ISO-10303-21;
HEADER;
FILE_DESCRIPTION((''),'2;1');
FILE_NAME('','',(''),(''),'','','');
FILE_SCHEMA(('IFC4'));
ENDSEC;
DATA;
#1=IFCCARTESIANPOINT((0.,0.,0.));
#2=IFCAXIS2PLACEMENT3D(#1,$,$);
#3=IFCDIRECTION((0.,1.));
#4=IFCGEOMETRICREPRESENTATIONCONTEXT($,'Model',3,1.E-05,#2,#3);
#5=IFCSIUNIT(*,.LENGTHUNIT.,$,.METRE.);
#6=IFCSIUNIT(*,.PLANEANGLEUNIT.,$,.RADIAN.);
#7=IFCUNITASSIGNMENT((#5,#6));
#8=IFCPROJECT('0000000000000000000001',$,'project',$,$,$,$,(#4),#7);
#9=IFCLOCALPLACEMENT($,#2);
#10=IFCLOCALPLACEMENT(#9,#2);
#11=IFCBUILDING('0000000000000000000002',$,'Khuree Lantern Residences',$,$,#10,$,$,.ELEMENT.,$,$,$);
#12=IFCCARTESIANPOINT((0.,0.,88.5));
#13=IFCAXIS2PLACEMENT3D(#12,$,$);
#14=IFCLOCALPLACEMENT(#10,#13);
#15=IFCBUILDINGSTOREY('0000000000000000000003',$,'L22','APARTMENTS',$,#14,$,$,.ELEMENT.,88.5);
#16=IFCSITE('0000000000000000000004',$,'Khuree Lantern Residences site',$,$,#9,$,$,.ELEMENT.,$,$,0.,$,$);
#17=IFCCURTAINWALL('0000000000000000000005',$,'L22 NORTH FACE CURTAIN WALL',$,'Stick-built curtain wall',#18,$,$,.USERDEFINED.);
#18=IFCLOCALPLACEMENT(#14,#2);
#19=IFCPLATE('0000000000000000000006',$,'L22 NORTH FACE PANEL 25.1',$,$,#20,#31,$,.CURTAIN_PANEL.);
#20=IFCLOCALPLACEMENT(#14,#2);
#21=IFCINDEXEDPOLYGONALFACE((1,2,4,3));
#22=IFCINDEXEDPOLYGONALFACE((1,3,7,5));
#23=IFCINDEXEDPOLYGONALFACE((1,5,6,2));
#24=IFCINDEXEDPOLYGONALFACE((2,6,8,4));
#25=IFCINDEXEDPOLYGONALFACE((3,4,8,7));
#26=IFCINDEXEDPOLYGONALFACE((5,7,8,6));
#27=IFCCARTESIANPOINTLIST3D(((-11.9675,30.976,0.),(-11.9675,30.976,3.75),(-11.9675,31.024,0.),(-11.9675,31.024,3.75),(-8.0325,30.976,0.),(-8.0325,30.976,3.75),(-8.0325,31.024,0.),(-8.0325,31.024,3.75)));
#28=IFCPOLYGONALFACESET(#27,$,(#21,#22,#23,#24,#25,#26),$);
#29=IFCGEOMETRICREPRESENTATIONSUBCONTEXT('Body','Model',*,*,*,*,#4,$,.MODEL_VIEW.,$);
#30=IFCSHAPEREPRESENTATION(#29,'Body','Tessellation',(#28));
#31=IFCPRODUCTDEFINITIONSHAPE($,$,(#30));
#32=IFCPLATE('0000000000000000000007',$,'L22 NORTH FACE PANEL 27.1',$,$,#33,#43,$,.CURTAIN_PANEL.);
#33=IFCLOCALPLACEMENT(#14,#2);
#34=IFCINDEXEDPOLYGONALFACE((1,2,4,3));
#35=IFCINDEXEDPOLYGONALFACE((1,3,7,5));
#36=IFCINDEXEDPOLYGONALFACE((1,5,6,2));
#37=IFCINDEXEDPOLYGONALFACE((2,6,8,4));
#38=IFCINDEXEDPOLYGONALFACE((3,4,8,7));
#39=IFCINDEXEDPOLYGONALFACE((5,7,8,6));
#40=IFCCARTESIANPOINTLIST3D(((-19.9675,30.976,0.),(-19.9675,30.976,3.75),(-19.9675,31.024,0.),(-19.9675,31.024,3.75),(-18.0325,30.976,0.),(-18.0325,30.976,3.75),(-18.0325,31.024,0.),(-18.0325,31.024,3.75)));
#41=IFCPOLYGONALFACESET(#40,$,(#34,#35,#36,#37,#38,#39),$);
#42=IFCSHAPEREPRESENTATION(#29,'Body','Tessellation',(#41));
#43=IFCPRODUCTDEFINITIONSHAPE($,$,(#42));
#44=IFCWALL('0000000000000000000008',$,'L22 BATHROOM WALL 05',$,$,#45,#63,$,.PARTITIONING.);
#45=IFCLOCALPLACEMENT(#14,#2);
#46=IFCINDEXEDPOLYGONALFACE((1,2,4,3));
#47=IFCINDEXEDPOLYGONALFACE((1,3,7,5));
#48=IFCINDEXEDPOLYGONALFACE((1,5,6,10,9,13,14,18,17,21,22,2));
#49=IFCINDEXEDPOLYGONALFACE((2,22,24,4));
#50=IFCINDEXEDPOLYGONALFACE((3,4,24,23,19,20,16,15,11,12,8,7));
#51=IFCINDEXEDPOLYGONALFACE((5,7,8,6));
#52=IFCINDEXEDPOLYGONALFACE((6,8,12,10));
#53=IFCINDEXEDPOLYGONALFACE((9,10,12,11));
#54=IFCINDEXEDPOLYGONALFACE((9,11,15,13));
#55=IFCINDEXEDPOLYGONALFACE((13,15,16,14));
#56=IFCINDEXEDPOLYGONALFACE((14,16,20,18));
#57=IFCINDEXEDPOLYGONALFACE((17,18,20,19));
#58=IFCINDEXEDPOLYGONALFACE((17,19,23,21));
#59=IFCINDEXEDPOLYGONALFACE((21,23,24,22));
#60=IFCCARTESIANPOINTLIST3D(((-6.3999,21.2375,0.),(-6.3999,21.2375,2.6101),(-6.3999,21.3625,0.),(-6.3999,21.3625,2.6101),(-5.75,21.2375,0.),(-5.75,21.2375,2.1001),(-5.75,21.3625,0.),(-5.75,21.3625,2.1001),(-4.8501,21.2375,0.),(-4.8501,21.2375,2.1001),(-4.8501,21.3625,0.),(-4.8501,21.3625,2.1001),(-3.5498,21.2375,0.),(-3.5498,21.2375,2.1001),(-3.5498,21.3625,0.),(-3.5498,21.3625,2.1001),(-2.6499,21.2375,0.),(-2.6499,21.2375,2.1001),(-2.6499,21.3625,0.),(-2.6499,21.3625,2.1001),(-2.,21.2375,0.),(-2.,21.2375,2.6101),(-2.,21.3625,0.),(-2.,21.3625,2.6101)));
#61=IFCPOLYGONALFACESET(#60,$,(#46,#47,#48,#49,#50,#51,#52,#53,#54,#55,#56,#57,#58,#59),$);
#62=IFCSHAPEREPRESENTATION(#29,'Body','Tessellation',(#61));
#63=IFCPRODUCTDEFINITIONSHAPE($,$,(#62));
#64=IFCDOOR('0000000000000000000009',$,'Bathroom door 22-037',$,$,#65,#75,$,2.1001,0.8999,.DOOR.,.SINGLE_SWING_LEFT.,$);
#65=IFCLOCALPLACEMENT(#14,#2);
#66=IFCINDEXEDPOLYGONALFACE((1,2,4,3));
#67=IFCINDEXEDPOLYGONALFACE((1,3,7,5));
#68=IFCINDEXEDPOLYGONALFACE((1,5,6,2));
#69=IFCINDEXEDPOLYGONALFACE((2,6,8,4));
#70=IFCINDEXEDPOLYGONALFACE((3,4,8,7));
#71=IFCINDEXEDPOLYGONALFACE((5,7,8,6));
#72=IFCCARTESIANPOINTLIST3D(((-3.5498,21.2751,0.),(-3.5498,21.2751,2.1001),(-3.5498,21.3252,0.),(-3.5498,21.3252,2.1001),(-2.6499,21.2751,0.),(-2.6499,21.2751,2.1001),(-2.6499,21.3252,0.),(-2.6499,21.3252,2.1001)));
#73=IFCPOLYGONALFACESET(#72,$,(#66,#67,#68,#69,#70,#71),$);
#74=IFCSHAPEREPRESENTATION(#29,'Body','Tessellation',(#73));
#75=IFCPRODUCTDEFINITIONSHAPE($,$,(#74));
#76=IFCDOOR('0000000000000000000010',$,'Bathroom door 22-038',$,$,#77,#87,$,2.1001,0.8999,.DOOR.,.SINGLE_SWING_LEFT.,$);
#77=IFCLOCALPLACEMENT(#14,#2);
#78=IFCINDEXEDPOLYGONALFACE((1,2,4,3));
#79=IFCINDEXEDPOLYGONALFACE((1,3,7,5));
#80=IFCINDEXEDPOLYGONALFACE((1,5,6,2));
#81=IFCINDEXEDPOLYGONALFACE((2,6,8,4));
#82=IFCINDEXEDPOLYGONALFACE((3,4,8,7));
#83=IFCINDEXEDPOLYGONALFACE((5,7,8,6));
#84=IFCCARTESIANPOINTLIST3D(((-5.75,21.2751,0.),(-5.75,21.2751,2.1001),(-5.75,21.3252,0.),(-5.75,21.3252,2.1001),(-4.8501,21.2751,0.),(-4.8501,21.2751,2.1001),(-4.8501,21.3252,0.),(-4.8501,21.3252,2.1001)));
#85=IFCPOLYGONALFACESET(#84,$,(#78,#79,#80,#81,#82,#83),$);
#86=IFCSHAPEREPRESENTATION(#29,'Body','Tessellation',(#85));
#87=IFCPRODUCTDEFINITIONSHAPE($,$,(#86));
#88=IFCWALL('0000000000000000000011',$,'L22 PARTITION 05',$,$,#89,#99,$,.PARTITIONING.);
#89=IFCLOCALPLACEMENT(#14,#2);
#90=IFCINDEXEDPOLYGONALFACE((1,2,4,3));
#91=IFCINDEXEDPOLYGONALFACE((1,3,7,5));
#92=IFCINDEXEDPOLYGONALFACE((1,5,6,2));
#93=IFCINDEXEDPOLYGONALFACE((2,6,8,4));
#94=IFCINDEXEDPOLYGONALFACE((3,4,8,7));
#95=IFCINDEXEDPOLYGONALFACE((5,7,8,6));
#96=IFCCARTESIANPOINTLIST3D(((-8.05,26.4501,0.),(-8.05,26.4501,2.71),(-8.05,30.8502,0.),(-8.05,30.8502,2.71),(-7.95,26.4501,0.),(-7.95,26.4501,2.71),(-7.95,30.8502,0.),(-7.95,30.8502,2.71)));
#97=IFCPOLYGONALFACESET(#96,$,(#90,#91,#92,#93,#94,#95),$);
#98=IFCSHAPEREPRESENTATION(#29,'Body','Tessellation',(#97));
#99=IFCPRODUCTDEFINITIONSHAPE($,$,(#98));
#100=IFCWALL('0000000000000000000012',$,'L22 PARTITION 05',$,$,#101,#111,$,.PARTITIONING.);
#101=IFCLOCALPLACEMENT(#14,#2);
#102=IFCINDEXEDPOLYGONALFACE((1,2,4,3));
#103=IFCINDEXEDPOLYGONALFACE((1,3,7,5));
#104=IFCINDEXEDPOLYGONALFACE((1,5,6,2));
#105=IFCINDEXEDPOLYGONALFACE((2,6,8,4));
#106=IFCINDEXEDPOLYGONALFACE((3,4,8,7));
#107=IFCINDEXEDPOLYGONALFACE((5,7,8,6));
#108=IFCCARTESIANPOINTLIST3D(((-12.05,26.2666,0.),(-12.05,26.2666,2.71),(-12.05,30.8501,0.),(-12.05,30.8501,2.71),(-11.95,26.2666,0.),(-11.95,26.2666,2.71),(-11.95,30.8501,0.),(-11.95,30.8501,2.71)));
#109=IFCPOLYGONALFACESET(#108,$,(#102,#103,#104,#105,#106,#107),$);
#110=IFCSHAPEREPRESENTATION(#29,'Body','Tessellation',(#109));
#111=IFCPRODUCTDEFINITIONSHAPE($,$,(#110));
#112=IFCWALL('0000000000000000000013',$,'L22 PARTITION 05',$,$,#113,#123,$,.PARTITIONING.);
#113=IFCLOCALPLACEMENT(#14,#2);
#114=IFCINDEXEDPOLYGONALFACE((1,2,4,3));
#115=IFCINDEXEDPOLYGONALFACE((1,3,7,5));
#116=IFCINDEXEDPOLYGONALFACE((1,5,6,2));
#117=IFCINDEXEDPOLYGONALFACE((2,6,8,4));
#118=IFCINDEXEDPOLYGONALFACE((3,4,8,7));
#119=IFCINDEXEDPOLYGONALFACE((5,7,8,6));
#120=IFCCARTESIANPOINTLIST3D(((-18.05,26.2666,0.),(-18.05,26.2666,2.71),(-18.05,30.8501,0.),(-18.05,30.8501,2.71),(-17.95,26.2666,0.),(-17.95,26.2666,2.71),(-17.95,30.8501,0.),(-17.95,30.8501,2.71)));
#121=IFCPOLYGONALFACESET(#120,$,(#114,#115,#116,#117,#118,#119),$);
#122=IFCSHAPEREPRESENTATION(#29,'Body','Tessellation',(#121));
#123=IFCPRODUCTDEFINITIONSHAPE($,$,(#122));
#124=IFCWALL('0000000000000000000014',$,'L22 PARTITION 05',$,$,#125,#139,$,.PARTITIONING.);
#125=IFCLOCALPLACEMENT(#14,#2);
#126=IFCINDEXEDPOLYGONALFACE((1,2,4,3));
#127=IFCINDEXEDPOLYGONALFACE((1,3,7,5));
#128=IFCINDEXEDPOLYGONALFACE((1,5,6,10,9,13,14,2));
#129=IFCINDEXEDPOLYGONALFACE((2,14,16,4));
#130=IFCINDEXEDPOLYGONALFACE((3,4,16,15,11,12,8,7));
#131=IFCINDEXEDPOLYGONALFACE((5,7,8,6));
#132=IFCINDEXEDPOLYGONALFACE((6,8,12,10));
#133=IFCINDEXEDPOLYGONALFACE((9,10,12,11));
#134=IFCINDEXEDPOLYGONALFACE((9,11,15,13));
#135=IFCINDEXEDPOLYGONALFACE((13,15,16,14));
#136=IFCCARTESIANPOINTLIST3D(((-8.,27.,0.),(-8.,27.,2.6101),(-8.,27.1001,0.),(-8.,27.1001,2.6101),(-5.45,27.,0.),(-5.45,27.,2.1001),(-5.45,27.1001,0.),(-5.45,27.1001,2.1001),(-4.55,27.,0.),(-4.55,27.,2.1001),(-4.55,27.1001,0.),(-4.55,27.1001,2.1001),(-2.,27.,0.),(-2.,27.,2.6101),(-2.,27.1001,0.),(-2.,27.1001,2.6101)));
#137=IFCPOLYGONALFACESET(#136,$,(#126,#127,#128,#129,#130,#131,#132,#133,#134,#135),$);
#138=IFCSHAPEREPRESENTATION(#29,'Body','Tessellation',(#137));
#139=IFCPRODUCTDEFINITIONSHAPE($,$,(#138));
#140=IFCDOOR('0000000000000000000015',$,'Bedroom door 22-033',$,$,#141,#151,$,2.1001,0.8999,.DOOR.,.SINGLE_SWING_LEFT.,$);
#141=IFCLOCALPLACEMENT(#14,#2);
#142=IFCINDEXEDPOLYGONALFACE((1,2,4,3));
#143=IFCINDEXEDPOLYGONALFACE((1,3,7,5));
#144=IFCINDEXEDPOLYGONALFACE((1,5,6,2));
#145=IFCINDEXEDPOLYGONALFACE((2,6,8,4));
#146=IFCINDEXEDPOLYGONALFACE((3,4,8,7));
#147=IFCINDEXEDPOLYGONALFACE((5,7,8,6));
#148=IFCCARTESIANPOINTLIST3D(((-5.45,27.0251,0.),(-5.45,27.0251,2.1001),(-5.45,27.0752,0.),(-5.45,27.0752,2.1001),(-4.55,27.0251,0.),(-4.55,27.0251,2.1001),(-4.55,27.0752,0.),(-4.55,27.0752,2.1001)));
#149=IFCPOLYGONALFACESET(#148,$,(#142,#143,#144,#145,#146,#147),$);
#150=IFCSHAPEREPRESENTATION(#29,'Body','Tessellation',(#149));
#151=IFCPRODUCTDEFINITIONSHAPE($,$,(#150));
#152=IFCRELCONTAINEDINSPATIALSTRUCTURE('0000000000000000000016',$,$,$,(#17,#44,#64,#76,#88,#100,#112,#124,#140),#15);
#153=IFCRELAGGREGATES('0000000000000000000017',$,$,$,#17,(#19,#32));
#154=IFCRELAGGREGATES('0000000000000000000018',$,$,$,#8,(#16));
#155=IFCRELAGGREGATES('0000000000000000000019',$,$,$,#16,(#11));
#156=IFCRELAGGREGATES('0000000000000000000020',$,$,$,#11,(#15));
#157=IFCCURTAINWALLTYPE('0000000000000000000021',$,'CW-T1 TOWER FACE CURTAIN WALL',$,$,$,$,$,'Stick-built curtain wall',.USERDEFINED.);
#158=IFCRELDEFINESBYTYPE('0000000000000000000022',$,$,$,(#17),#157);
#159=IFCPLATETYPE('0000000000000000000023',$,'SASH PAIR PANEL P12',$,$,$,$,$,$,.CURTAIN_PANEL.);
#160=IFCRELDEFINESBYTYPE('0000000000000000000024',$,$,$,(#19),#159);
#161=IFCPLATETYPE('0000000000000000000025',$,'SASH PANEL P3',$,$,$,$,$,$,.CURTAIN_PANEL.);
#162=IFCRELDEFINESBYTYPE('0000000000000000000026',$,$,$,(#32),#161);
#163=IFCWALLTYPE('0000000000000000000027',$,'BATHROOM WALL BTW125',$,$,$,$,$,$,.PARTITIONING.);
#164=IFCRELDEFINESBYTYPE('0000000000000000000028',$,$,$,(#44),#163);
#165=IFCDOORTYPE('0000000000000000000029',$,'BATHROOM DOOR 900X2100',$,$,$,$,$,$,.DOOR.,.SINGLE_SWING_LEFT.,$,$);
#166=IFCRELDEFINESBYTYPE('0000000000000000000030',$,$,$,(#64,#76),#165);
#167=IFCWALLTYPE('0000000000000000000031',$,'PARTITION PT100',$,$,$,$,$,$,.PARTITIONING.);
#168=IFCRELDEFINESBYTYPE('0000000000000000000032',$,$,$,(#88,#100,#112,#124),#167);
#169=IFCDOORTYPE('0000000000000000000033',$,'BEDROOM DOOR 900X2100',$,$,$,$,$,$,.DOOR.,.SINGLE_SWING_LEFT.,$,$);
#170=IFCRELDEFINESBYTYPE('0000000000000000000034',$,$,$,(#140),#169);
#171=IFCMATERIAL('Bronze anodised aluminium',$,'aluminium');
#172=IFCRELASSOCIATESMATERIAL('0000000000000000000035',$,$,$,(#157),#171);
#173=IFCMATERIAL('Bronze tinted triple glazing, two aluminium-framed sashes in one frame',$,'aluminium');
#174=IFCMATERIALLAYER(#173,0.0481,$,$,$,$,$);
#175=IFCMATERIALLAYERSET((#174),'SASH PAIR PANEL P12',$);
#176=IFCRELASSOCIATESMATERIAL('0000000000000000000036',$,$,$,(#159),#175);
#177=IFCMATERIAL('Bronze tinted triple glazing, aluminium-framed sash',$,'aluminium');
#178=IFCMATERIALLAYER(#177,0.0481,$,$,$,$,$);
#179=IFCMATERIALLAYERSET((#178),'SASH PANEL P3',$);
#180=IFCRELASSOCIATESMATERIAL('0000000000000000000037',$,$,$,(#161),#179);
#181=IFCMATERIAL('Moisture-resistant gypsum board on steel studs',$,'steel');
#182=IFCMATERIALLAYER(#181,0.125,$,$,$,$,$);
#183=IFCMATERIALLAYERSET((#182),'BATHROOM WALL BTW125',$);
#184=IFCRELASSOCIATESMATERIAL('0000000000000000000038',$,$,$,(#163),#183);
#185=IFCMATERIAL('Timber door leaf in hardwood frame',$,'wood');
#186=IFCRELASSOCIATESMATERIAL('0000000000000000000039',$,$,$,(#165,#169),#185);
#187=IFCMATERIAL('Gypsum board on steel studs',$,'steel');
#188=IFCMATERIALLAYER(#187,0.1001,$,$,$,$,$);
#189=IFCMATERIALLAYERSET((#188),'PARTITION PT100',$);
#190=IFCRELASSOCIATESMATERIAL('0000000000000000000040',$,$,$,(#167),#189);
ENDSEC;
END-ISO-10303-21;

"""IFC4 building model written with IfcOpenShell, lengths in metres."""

from ifc_helpers import new_model, si_unit, direction, frame, frame_2d, origin, origin_2d, place, context, subcontext, project, spatial, rectangle, extrude, material, layer, layer_set, type_object, element, fill, aggregate, save


model = new_model("IFC4")

# Units and contexts
model_context = context("Model", 3, precision=1e-05, world=origin(), true_north=direction((0.0, 1.0)))
body_context = subcontext(model_context, "Body", "Model", "MODEL_VIEW")
ifc_project = project(units=[si_unit("LENGTHUNIT", "METRE"), si_unit("PLANEANGLEUNIT", "RADIAN")], contexts=[model_context])

# Site, building, storey
site_placement = place(None, origin())
site = spatial("IfcSite", under=ifc_project, at=site_placement, Name="Khuree Lantern Residences site", CompositionType="ELEMENT", RefElevation=0.0)
building_placement = place(site_placement, origin())
building = spatial("IfcBuilding", under=site, at=building_placement, Name="Khuree Lantern Residences", CompositionType="ELEMENT")
storey_placement = place(building_placement, frame((0.0, 0.0, 88.5)))
storey = spatial("IfcBuildingStorey", under=building, at=storey_placement, Name="L22", Description="APARTMENTS", CompositionType="ELEMENT", Elevation=88.5)

# Curtain wall
ifc_material_1 = material(Name="Bronze anodised aluminium", Category="aluminium")
curtain_wall_type = type_object("IfcCurtainWallType", Name="CW-T1 TOWER FACE CURTAIN WALL", ElementType="Stick-built curtain wall", PredefinedType="USERDEFINED", material=ifc_material_1)
curtain_wall_placement = place(storey_placement, origin())
curtain_wall = element("IfcCurtainWall", 1, at=curtain_wall_placement, inside=storey, type_object=curtain_wall_type, Name="L22 NORTH FACE CURTAIN WALL", ObjectType="Stick-built curtain wall", PredefinedType="USERDEFINED")

# Plates
ifc_material_2 = material(Name="Bronze tinted triple glazing, two aluminium-framed sashes in one frame", Category="aluminium")
ifc_layer_1 = layer(ifc_material_2, 0.0481)
ifc_layer_set_1 = layer_set([ifc_layer_1], Name="SASH PAIR PANEL P12")
plate_type_1 = type_object("IfcPlateType", Name="SASH PAIR PANEL P12", PredefinedType="CURTAIN_PANEL", material=ifc_layer_set_1)
plate_1_placement = place(storey_placement, frame((-10.0, 31.0, 0.0), z_axis=(0.0, 0.0, 1.0), x_axis=(-1.0, 0.0, 0.0)))
plate_1 = element("IfcPlate", 2, at=plate_1_placement, type_object=plate_type_1, Name="L22 NORTH FACE PANEL 25.1", PredefinedType="CURTAIN_PANEL", context=body_context, shape_type="SweptSolid", body=[
    extrude(rectangle(XDim=3.9351, YDim=0.0481, at=origin_2d()), origin(), (0.0, 0.0, 1.0), 3.75),
])
ifc_material_3 = material(Name="Bronze tinted triple glazing, aluminium-framed sash", Category="aluminium")
ifc_layer_2 = layer(ifc_material_3, 0.0481)
ifc_layer_set_2 = layer_set([ifc_layer_2], Name="SASH PANEL P3")
plate_type_2 = type_object("IfcPlateType", Name="SASH PANEL P3", PredefinedType="CURTAIN_PANEL", material=ifc_layer_set_2)
plate_2_placement = place(storey_placement, frame((-19.0, 31.0, 0.0), z_axis=(0.0, 0.0, 1.0), x_axis=(-1.0, 0.0, 0.0)))
plate_2 = element("IfcPlate", 3, at=plate_2_placement, type_object=plate_type_2, Name="L22 NORTH FACE PANEL 27.1", PredefinedType="CURTAIN_PANEL", context=body_context, shape_type="SweptSolid", body=[
    extrude(rectangle(XDim=1.9351, YDim=0.0481, at=origin_2d()), origin(), (0.0, 0.0, 1.0), 3.75),
])
aggregate(curtain_wall, [plate_1, plate_2])

# Wall, openings, doors
ifc_material_4 = material(Name="Moisture-resistant gypsum board on steel studs", Category="steel")
ifc_layer_3 = layer(ifc_material_4, 0.125)
ifc_layer_set_3 = layer_set([ifc_layer_3], Name="BATHROOM WALL BTW125")
wall_type_1 = type_object("IfcWallType", Name="BATHROOM WALL BTW125", PredefinedType="PARTITIONING", material=ifc_layer_set_3)
wall_1_placement = place(storey_placement, frame((-2.0, 21.3, 0.0), z_axis=(0.0, 0.0, 1.0), x_axis=(-1.0, 0.0, 0.0)))
wall_1 = element("IfcWall", 4, at=wall_1_placement, inside=storey, type_object=wall_type_1, Name="L22 BATHROOM WALL 05", PredefinedType="PARTITIONING", context=body_context, shape_type="SweptSolid", body=[
    extrude(rectangle(XDim=4.3999, YDim=0.125, at=frame_2d((2.2, 0.0))), origin(), (0.0, 0.0, 1.0), 2.6101),
])
opening_1_placement = place(wall_1_placement, frame((0.6499, 0.0, 0.0)))
opening_1 = element("IfcOpeningElement", 5, at=opening_1_placement, cuts=wall_1, PredefinedType="OPENING", context=body_context, shape_type="SweptSolid", body=[
    extrude(rectangle(XDim=0.8999, YDim=2.1001, at=frame_2d((0.45, 1.05))), frame((0.0, 0.0725, 0.0), z_axis=(0.0, -1.0, 0.0), x_axis=(1.0, 0.0, 0.0)), (0.0, 0.0, 1.0), 0.145),
])
opening_2_placement = place(wall_1_placement, frame((2.8501, 0.0, 0.0)))
opening_2 = element("IfcOpeningElement", 6, at=opening_2_placement, cuts=wall_1, PredefinedType="OPENING", context=body_context, shape_type="SweptSolid", body=[
    extrude(rectangle(XDim=0.8999, YDim=2.1001, at=frame_2d((0.45, 1.05))), frame((0.0, 0.0725, 0.0), z_axis=(0.0, -1.0, 0.0), x_axis=(1.0, 0.0, 0.0)), (0.0, 0.0, 1.0), 0.145),
])
ifc_material_5 = material(Name="Timber door leaf in hardwood frame", Category="wood")
door_type_1 = type_object("IfcDoorType", Name="BATHROOM DOOR 900X2100", OperationType="SINGLE_SWING_LEFT", PredefinedType="DOOR", material=ifc_material_5)
door_1_placement = place(opening_1_placement, origin())
door_1 = element("IfcDoor", 7, at=door_1_placement, inside=storey, type_object=door_type_1, Name="Bathroom door 22-037", OperationType="SINGLE_SWING_LEFT", OverallHeight=2.1001, OverallWidth=0.8999, PredefinedType="DOOR", context=body_context, shape_type="SweptSolid", body=[
    extrude(rectangle(XDim=0.8999, YDim=2.1001, at=frame_2d((0.45, 1.05))), frame((0.0, 0.0249, 0.0), z_axis=(0.0, -1.0, 0.0), x_axis=(1.0, 0.0, 0.0)), (0.0, 0.0, 1.0), 0.05),
])
fill(opening_1, door_1)
door_2_placement = place(opening_2_placement, origin())
door_2 = element("IfcDoor", 8, at=door_2_placement, inside=storey, type_object=door_type_1, Name="Bathroom door 22-038", OperationType="SINGLE_SWING_LEFT", OverallHeight=2.1001, OverallWidth=0.8999, PredefinedType="DOOR", context=body_context, shape_type="SweptSolid", body=[
    extrude(rectangle(XDim=0.8999, YDim=2.1001, at=frame_2d((0.45, 1.05))), frame((0.0, 0.0249, 0.0), z_axis=(0.0, -1.0, 0.0), x_axis=(1.0, 0.0, 0.0)), (0.0, 0.0, 1.0), 0.05),
])
fill(opening_2, door_2)

# Walls
ifc_material_6 = material(Name="Gypsum board on steel studs", Category="steel")
ifc_layer_4 = layer(ifc_material_6, 0.1001)
ifc_layer_set_4 = layer_set([ifc_layer_4], Name="PARTITION PT100")
wall_type_2 = type_object("IfcWallType", Name="PARTITION PT100", PredefinedType="PARTITIONING", material=ifc_layer_set_4)
wall_2_placement = place(storey_placement, frame((-8.0, 26.45, 0.0), z_axis=(0.0, 0.0, 1.0), x_axis=(0.0, 1.0, 0.0)))
element("IfcWall", 9, at=wall_2_placement, inside=storey, type_object=wall_type_2, Name="L22 PARTITION 05", PredefinedType="PARTITIONING", context=body_context, shape_type="SweptSolid", body=[
    extrude(rectangle(XDim=4.4001, YDim=0.1001, at=frame_2d((2.2002, 0.0))), origin(), (0.0, 0.0, 1.0), 2.71),
])
for number, where, z_axis, x_axis, name in (
    (10, (-12.0, 26.2666, 0.0), (0.0, 0.0, 1.0), (0.0, 1.0, 0.0), "L22 PARTITION 05"),
    (11, (-18.0, 26.2666, 0.0), (0.0, 0.0, 1.0), (0.0, 1.0, 0.0), "L22 PARTITION 05"),
):
    element("IfcWall", number, at=place(storey_placement, frame(where, z_axis=z_axis, x_axis=x_axis)), inside=storey, type_object=wall_type_2, Name=name, PredefinedType="PARTITIONING", context=body_context, shape_type="SweptSolid", body=[
        extrude(rectangle(XDim=4.5835, YDim=0.1001, at=frame_2d((2.2917, 0.0))), origin(), (0.0, 0.0, 1.0), 2.71),
    ])

# Wall, opening, door
wall_3_placement = place(storey_placement, frame((-2.0, 27.05, 0.0), z_axis=(0.0, 0.0, 1.0), x_axis=(-1.0, 0.0, 0.0)))
wall_3 = element("IfcWall", 12, at=wall_3_placement, inside=storey, type_object=wall_type_2, Name="L22 PARTITION 05", PredefinedType="PARTITIONING", context=body_context, shape_type="SweptSolid", body=[
    extrude(rectangle(XDim=6.0, YDim=0.1001, at=frame_2d((3.0, 0.0))), origin(), (0.0, 0.0, 1.0), 2.6101),
])
opening_3_placement = place(wall_3_placement, frame((2.55, 0.0, 0.0)))
opening_3 = element("IfcOpeningElement", 13, at=opening_3_placement, cuts=wall_3, PredefinedType="OPENING", context=body_context, shape_type="SweptSolid", body=[
    extrude(rectangle(XDim=0.8999, YDim=2.1001, at=frame_2d((0.45, 1.05))), frame((0.0, 0.0601, 0.0), z_axis=(0.0, -1.0, 0.0), x_axis=(1.0, 0.0, 0.0)), (0.0, 0.0, 1.0), 0.1201),
])
door_type_2 = type_object("IfcDoorType", Name="BEDROOM DOOR 900X2100", OperationType="SINGLE_SWING_LEFT", PredefinedType="DOOR", material=ifc_material_5)
door_3_placement = place(opening_3_placement, origin())
door_3 = element("IfcDoor", 14, at=door_3_placement, inside=storey, type_object=door_type_2, Name="Bedroom door 22-033", OperationType="SINGLE_SWING_LEFT", OverallHeight=2.1001, OverallWidth=0.8999, PredefinedType="DOOR", context=body_context, shape_type="SweptSolid", body=[
    extrude(rectangle(XDim=0.8999, YDim=2.1001, at=frame_2d((0.45, 1.05))), frame((0.0, 0.0249, 0.0), z_axis=(0.0, -1.0, 0.0), x_axis=(1.0, 0.0, 0.0)), (0.0, 0.0, 1.0), 0.05),
])
fill(opening_3, door_3)

save(model, "model.ifc")
